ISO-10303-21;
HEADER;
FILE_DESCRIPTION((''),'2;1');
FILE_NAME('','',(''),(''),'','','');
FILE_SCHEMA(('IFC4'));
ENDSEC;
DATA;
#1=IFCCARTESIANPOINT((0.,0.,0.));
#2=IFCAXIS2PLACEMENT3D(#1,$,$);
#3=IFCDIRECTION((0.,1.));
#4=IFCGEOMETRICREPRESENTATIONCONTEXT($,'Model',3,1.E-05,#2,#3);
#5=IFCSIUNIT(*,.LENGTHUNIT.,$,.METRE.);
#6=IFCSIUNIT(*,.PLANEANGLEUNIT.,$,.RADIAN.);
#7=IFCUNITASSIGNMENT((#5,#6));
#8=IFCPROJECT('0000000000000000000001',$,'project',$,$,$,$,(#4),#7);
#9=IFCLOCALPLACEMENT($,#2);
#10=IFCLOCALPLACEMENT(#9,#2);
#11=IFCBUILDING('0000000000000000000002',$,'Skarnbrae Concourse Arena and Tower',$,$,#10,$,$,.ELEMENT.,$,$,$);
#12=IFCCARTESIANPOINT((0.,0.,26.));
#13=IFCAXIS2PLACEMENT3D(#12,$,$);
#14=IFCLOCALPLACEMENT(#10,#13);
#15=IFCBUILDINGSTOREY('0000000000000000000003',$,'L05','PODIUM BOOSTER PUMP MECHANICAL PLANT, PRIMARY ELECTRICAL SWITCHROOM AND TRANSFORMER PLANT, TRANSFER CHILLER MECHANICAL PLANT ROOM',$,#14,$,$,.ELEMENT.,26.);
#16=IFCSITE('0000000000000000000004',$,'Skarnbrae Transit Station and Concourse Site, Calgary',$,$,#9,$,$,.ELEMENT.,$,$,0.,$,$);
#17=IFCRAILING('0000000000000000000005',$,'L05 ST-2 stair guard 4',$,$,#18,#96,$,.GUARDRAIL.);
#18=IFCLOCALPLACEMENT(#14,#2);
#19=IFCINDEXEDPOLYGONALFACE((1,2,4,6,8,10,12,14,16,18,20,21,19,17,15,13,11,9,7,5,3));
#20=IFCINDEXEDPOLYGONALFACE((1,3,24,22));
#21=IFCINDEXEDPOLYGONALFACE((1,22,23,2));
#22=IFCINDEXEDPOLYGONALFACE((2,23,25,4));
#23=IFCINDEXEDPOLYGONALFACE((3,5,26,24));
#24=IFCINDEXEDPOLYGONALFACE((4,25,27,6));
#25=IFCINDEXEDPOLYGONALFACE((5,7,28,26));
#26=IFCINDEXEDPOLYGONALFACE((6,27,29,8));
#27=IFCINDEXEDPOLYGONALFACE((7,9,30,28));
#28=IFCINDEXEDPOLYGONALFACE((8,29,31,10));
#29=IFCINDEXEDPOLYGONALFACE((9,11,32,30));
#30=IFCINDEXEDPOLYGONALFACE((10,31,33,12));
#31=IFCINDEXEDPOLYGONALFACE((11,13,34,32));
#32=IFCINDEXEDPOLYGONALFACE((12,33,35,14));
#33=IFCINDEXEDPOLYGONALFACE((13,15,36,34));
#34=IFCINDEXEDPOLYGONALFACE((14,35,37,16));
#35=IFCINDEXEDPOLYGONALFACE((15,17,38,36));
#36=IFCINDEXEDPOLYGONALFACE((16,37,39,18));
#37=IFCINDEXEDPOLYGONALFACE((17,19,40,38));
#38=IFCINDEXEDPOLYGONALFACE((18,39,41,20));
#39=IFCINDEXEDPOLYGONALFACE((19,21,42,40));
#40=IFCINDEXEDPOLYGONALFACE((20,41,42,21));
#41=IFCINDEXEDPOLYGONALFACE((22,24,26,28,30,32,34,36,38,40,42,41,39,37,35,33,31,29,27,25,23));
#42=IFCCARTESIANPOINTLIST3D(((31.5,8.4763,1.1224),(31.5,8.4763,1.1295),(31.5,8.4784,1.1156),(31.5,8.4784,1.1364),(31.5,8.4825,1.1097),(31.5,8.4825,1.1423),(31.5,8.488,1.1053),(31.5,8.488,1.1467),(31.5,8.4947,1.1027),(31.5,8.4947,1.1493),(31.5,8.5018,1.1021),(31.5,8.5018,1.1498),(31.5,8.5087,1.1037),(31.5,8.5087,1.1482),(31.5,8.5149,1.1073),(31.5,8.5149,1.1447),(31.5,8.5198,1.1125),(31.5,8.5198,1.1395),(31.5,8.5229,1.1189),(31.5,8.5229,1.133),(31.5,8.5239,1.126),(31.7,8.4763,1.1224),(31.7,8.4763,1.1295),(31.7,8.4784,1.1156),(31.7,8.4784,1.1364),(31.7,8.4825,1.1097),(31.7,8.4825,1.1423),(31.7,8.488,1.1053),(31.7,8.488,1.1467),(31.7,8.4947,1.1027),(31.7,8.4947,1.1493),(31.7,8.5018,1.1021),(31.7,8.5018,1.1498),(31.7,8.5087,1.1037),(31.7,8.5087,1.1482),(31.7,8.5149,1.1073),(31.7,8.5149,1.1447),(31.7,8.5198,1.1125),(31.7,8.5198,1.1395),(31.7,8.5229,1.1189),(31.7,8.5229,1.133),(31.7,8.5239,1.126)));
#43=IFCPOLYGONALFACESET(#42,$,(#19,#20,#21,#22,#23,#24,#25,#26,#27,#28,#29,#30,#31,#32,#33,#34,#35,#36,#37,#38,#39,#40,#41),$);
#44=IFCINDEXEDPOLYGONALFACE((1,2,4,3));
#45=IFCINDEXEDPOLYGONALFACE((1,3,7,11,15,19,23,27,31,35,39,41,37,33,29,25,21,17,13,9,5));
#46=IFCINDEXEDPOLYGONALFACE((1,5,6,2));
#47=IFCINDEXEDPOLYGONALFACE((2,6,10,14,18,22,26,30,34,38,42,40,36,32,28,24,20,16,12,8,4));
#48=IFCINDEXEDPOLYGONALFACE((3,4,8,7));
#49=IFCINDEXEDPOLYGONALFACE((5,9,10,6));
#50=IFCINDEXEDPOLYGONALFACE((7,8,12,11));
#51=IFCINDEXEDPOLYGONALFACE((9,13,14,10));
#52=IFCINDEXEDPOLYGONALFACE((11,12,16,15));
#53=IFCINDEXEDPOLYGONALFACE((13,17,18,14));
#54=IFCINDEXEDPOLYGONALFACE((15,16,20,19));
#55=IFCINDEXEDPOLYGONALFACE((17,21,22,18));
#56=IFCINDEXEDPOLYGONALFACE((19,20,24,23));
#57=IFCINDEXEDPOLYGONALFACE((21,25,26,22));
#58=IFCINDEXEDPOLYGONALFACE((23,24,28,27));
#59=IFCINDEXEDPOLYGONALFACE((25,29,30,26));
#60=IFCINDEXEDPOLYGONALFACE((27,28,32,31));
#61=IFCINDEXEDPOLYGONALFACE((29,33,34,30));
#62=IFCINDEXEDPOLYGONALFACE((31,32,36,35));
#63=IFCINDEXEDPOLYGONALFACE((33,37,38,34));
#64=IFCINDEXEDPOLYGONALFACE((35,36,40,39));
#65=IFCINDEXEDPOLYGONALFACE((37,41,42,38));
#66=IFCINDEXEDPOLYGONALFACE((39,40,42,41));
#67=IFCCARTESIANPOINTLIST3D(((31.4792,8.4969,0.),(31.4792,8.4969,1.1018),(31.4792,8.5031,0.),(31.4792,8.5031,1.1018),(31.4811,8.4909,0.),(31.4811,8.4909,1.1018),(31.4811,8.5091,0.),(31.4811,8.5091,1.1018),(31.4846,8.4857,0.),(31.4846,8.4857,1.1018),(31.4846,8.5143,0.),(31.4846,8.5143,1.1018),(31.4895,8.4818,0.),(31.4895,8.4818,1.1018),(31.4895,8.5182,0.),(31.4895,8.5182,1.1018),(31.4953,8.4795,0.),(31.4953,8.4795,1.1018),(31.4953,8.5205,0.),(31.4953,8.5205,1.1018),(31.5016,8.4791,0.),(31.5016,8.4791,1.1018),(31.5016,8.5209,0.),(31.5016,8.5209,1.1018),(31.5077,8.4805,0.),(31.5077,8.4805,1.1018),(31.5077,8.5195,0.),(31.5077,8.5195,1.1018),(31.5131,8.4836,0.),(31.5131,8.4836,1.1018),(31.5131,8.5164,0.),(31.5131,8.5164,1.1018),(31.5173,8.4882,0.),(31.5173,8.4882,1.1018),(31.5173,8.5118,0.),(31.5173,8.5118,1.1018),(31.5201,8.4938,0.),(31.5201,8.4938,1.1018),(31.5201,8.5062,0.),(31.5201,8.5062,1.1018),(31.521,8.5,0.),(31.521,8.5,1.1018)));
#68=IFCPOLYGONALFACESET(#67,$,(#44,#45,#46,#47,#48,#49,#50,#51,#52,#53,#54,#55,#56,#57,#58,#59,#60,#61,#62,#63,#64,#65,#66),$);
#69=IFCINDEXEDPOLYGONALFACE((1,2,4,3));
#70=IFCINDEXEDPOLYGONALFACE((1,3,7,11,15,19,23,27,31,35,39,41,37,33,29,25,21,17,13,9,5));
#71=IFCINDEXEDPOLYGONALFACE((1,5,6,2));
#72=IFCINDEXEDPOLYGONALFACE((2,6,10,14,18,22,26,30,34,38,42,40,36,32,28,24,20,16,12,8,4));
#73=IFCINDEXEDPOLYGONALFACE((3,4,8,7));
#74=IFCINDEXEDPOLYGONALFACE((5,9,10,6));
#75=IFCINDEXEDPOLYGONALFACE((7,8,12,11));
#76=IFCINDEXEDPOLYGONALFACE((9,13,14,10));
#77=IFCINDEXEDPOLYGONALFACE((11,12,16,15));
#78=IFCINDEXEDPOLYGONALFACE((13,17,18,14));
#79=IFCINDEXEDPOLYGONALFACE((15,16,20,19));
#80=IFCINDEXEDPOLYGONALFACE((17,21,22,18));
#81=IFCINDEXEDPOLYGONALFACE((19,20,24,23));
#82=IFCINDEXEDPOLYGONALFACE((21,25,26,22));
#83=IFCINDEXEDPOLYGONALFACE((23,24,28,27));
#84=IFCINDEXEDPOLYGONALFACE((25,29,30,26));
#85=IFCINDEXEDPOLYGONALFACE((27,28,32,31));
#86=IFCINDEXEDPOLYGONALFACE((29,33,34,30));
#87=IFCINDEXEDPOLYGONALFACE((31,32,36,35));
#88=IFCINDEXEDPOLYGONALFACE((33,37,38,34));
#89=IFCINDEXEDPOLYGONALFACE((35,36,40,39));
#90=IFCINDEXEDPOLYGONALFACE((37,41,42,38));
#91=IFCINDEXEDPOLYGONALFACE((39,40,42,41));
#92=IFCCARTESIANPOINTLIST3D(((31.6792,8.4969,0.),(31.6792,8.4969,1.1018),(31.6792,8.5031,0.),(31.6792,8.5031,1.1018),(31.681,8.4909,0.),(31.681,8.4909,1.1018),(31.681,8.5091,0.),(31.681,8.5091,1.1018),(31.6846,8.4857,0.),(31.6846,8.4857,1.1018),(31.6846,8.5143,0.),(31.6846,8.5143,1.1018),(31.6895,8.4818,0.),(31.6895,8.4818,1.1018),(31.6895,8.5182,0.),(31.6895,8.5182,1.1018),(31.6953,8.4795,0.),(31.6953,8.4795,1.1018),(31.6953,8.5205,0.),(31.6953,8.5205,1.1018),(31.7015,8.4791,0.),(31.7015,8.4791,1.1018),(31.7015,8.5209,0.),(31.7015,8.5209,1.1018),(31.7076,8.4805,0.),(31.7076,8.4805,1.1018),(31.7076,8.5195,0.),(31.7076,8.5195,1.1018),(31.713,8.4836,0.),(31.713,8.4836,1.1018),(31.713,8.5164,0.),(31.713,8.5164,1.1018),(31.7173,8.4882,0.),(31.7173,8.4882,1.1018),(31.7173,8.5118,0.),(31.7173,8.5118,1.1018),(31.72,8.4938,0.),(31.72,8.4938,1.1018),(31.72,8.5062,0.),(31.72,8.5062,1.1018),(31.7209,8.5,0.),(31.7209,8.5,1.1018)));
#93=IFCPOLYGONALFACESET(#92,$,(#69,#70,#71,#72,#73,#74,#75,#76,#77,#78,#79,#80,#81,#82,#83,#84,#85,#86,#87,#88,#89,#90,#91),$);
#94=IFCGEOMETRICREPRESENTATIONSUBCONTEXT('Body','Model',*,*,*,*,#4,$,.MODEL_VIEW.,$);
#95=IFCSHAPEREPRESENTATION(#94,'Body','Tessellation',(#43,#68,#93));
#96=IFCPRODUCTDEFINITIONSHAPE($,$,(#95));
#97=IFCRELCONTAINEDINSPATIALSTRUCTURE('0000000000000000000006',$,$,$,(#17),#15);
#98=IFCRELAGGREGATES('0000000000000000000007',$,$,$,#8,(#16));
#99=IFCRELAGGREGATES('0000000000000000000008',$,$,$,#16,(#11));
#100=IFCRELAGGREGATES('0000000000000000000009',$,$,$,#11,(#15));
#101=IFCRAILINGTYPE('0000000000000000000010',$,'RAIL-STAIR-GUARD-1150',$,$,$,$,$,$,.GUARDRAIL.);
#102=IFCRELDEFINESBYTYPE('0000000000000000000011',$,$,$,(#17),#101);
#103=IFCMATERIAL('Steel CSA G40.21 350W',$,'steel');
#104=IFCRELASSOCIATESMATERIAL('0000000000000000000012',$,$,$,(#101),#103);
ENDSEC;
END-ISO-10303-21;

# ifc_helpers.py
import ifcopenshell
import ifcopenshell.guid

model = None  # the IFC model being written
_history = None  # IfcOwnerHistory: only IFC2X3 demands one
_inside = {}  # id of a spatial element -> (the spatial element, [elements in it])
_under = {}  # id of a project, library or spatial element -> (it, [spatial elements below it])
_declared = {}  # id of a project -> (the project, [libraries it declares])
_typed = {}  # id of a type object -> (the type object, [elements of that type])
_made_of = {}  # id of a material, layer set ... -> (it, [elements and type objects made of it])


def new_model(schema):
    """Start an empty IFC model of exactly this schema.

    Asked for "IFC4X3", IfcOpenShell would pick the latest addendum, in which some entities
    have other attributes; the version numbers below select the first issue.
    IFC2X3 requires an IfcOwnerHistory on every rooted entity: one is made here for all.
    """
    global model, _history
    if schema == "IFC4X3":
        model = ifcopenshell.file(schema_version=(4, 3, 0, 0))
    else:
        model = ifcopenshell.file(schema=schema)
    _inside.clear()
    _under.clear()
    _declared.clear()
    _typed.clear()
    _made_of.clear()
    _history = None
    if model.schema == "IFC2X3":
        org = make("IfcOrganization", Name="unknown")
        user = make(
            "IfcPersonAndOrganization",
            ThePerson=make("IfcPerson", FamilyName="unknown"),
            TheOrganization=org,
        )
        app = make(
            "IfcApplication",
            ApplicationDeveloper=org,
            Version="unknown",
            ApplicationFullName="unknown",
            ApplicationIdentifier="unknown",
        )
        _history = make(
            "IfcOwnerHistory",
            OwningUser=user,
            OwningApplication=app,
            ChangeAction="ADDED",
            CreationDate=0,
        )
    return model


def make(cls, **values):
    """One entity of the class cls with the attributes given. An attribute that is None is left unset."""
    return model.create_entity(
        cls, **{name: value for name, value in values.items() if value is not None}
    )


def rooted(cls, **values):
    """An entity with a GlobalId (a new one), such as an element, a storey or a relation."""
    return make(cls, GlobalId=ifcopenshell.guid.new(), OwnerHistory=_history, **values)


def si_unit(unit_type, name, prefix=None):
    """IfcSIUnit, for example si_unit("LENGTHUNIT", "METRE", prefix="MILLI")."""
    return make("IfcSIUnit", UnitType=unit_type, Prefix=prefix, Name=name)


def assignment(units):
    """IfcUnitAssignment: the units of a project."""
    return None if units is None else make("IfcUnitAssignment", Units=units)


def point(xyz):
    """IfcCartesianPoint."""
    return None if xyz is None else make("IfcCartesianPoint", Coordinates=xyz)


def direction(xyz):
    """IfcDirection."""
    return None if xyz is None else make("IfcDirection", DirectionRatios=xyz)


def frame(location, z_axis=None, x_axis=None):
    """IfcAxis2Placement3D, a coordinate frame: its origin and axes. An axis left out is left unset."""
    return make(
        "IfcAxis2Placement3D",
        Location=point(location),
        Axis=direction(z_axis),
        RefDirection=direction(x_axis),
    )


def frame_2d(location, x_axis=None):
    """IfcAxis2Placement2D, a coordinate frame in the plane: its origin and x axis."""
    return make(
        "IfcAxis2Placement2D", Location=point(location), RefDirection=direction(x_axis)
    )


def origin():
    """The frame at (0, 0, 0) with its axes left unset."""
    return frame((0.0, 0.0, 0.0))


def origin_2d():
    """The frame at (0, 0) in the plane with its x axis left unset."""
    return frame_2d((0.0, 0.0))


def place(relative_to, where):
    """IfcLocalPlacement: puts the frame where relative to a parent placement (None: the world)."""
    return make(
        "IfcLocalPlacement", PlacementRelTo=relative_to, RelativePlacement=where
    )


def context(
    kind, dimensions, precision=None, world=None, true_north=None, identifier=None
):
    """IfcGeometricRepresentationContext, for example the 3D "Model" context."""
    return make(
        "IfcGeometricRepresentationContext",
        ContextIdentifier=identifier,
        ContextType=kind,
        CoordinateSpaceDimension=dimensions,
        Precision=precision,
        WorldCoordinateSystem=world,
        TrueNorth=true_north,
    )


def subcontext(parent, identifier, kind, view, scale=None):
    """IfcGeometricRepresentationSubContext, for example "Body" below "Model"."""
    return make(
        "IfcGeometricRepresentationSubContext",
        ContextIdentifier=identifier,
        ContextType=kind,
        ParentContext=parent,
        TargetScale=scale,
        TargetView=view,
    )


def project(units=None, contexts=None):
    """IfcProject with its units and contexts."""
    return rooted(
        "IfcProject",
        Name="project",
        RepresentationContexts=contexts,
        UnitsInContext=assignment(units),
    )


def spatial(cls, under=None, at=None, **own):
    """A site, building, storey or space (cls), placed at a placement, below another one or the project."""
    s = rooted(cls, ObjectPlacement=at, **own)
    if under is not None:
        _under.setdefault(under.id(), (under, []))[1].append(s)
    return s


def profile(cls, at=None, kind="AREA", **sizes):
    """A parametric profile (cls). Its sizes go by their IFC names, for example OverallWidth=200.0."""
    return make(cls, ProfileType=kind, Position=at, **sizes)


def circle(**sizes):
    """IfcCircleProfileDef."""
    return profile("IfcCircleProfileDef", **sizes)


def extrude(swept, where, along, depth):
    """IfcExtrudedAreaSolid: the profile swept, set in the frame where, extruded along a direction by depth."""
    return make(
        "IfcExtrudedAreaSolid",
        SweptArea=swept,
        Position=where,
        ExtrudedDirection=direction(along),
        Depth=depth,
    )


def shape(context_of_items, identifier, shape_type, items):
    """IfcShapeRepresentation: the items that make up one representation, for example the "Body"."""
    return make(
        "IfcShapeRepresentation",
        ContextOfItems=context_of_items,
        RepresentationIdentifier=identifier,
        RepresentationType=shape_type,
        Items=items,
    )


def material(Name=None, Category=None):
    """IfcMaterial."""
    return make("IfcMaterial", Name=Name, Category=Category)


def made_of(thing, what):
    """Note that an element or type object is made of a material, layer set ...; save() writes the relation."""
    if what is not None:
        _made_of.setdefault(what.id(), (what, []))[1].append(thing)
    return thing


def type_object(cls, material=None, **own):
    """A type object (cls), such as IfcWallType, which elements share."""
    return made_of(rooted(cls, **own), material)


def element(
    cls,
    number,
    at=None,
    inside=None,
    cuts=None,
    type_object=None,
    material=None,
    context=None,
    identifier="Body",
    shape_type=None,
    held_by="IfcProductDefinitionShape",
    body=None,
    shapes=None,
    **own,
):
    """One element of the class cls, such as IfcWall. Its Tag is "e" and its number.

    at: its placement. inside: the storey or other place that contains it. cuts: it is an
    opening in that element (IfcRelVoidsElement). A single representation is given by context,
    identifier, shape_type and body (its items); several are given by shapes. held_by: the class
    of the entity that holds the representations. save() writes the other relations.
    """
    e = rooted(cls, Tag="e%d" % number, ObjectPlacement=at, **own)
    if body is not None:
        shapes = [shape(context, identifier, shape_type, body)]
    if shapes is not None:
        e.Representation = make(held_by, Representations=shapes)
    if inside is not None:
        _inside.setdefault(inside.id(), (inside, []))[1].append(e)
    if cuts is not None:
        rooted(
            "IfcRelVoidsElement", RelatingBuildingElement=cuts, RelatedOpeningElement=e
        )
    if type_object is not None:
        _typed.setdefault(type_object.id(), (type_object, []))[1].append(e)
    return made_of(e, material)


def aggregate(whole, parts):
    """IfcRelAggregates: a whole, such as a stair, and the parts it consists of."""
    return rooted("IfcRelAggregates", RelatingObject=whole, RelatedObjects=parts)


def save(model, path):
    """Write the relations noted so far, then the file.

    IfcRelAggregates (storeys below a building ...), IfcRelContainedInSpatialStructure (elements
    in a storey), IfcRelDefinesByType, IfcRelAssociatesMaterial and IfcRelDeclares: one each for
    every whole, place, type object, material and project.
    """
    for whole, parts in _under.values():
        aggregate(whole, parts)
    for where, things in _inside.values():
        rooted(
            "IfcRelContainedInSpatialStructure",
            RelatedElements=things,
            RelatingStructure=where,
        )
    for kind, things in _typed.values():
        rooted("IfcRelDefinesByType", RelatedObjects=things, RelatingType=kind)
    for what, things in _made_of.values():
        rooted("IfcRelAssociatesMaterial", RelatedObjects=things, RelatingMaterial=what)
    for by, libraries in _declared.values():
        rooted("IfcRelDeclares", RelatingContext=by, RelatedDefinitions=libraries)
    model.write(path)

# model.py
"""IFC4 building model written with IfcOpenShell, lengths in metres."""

from ifc_helpers import new_model, si_unit, direction, frame, origin, origin_2d, place, context, subcontext, project, spatial, circle, extrude, material, type_object, element, save


model = new_model("IFC4")

# Units and contexts
model_context = context("Model", 3, precision=1e-05, world=origin(), true_north=direction((0.0, 1.0)))
body_context = subcontext(model_context, "Body", "Model", "MODEL_VIEW")
ifc_project = project(units=[si_unit("LENGTHUNIT", "METRE"), si_unit("PLANEANGLEUNIT", "RADIAN")], contexts=[model_context])

# Site, building, storey
site_placement = place(None, origin())
site = spatial("IfcSite", under=ifc_project, at=site_placement, Name="Skarnbrae Transit Station and Concourse Site, Calgary", CompositionType="ELEMENT", RefElevation=0.0)
building_placement = place(site_placement, origin())
building = spatial("IfcBuilding", under=site, at=building_placement, Name="Skarnbrae Concourse Arena and Tower", CompositionType="ELEMENT")
storey_placement = place(building_placement, frame((0.0, 0.0, 26.0)))
storey = spatial("IfcBuildingStorey", under=building, at=storey_placement, Name="L05", Description="PODIUM BOOSTER PUMP MECHANICAL PLANT, PRIMARY ELECTRICAL SWITCHROOM AND TRANSFORMER PLANT, TRANSFER CHILLER MECHANICAL PLANT ROOM", CompositionType="ELEMENT", Elevation=26.0)

# Shared definitions
ifc_material_1 = material(Name="Steel CSA G40.21 350W", Category="steel")

# Railing
railing_type_1 = type_object("IfcRailingType", Name="RAIL-STAIR-GUARD-1150", PredefinedType="GUARDRAIL", material=ifc_material_1)
railing_1_placement = place(storey_placement, frame((31.5, 8.5, 0.0)))
element("IfcRailing", 1, at=railing_1_placement, inside=storey, type_object=railing_type_1, Name="L05 ST-2 stair guard 4", PredefinedType="GUARDRAIL", context=body_context, shape_type="SweptSolid", body=[
    extrude(circle(Radius=0.0239, at=origin_2d()), frame((0.0, 0.0, 1.126), z_axis=(1.0, 0.0, 0.0), x_axis=(0.0, 1.0, 0.0)), (0.0, 0.0, 1.0), 0.2),
    extrude(circle(Radius=0.021, at=origin_2d()), origin(), (0.0, 0.0, 1.0), 1.1018),
    extrude(circle(Radius=0.021, at=origin_2d()), frame((0.2, 0.0, 0.0)), (0.0, 0.0, 1.0), 1.1018),
])

save(model, "model.ifc")
